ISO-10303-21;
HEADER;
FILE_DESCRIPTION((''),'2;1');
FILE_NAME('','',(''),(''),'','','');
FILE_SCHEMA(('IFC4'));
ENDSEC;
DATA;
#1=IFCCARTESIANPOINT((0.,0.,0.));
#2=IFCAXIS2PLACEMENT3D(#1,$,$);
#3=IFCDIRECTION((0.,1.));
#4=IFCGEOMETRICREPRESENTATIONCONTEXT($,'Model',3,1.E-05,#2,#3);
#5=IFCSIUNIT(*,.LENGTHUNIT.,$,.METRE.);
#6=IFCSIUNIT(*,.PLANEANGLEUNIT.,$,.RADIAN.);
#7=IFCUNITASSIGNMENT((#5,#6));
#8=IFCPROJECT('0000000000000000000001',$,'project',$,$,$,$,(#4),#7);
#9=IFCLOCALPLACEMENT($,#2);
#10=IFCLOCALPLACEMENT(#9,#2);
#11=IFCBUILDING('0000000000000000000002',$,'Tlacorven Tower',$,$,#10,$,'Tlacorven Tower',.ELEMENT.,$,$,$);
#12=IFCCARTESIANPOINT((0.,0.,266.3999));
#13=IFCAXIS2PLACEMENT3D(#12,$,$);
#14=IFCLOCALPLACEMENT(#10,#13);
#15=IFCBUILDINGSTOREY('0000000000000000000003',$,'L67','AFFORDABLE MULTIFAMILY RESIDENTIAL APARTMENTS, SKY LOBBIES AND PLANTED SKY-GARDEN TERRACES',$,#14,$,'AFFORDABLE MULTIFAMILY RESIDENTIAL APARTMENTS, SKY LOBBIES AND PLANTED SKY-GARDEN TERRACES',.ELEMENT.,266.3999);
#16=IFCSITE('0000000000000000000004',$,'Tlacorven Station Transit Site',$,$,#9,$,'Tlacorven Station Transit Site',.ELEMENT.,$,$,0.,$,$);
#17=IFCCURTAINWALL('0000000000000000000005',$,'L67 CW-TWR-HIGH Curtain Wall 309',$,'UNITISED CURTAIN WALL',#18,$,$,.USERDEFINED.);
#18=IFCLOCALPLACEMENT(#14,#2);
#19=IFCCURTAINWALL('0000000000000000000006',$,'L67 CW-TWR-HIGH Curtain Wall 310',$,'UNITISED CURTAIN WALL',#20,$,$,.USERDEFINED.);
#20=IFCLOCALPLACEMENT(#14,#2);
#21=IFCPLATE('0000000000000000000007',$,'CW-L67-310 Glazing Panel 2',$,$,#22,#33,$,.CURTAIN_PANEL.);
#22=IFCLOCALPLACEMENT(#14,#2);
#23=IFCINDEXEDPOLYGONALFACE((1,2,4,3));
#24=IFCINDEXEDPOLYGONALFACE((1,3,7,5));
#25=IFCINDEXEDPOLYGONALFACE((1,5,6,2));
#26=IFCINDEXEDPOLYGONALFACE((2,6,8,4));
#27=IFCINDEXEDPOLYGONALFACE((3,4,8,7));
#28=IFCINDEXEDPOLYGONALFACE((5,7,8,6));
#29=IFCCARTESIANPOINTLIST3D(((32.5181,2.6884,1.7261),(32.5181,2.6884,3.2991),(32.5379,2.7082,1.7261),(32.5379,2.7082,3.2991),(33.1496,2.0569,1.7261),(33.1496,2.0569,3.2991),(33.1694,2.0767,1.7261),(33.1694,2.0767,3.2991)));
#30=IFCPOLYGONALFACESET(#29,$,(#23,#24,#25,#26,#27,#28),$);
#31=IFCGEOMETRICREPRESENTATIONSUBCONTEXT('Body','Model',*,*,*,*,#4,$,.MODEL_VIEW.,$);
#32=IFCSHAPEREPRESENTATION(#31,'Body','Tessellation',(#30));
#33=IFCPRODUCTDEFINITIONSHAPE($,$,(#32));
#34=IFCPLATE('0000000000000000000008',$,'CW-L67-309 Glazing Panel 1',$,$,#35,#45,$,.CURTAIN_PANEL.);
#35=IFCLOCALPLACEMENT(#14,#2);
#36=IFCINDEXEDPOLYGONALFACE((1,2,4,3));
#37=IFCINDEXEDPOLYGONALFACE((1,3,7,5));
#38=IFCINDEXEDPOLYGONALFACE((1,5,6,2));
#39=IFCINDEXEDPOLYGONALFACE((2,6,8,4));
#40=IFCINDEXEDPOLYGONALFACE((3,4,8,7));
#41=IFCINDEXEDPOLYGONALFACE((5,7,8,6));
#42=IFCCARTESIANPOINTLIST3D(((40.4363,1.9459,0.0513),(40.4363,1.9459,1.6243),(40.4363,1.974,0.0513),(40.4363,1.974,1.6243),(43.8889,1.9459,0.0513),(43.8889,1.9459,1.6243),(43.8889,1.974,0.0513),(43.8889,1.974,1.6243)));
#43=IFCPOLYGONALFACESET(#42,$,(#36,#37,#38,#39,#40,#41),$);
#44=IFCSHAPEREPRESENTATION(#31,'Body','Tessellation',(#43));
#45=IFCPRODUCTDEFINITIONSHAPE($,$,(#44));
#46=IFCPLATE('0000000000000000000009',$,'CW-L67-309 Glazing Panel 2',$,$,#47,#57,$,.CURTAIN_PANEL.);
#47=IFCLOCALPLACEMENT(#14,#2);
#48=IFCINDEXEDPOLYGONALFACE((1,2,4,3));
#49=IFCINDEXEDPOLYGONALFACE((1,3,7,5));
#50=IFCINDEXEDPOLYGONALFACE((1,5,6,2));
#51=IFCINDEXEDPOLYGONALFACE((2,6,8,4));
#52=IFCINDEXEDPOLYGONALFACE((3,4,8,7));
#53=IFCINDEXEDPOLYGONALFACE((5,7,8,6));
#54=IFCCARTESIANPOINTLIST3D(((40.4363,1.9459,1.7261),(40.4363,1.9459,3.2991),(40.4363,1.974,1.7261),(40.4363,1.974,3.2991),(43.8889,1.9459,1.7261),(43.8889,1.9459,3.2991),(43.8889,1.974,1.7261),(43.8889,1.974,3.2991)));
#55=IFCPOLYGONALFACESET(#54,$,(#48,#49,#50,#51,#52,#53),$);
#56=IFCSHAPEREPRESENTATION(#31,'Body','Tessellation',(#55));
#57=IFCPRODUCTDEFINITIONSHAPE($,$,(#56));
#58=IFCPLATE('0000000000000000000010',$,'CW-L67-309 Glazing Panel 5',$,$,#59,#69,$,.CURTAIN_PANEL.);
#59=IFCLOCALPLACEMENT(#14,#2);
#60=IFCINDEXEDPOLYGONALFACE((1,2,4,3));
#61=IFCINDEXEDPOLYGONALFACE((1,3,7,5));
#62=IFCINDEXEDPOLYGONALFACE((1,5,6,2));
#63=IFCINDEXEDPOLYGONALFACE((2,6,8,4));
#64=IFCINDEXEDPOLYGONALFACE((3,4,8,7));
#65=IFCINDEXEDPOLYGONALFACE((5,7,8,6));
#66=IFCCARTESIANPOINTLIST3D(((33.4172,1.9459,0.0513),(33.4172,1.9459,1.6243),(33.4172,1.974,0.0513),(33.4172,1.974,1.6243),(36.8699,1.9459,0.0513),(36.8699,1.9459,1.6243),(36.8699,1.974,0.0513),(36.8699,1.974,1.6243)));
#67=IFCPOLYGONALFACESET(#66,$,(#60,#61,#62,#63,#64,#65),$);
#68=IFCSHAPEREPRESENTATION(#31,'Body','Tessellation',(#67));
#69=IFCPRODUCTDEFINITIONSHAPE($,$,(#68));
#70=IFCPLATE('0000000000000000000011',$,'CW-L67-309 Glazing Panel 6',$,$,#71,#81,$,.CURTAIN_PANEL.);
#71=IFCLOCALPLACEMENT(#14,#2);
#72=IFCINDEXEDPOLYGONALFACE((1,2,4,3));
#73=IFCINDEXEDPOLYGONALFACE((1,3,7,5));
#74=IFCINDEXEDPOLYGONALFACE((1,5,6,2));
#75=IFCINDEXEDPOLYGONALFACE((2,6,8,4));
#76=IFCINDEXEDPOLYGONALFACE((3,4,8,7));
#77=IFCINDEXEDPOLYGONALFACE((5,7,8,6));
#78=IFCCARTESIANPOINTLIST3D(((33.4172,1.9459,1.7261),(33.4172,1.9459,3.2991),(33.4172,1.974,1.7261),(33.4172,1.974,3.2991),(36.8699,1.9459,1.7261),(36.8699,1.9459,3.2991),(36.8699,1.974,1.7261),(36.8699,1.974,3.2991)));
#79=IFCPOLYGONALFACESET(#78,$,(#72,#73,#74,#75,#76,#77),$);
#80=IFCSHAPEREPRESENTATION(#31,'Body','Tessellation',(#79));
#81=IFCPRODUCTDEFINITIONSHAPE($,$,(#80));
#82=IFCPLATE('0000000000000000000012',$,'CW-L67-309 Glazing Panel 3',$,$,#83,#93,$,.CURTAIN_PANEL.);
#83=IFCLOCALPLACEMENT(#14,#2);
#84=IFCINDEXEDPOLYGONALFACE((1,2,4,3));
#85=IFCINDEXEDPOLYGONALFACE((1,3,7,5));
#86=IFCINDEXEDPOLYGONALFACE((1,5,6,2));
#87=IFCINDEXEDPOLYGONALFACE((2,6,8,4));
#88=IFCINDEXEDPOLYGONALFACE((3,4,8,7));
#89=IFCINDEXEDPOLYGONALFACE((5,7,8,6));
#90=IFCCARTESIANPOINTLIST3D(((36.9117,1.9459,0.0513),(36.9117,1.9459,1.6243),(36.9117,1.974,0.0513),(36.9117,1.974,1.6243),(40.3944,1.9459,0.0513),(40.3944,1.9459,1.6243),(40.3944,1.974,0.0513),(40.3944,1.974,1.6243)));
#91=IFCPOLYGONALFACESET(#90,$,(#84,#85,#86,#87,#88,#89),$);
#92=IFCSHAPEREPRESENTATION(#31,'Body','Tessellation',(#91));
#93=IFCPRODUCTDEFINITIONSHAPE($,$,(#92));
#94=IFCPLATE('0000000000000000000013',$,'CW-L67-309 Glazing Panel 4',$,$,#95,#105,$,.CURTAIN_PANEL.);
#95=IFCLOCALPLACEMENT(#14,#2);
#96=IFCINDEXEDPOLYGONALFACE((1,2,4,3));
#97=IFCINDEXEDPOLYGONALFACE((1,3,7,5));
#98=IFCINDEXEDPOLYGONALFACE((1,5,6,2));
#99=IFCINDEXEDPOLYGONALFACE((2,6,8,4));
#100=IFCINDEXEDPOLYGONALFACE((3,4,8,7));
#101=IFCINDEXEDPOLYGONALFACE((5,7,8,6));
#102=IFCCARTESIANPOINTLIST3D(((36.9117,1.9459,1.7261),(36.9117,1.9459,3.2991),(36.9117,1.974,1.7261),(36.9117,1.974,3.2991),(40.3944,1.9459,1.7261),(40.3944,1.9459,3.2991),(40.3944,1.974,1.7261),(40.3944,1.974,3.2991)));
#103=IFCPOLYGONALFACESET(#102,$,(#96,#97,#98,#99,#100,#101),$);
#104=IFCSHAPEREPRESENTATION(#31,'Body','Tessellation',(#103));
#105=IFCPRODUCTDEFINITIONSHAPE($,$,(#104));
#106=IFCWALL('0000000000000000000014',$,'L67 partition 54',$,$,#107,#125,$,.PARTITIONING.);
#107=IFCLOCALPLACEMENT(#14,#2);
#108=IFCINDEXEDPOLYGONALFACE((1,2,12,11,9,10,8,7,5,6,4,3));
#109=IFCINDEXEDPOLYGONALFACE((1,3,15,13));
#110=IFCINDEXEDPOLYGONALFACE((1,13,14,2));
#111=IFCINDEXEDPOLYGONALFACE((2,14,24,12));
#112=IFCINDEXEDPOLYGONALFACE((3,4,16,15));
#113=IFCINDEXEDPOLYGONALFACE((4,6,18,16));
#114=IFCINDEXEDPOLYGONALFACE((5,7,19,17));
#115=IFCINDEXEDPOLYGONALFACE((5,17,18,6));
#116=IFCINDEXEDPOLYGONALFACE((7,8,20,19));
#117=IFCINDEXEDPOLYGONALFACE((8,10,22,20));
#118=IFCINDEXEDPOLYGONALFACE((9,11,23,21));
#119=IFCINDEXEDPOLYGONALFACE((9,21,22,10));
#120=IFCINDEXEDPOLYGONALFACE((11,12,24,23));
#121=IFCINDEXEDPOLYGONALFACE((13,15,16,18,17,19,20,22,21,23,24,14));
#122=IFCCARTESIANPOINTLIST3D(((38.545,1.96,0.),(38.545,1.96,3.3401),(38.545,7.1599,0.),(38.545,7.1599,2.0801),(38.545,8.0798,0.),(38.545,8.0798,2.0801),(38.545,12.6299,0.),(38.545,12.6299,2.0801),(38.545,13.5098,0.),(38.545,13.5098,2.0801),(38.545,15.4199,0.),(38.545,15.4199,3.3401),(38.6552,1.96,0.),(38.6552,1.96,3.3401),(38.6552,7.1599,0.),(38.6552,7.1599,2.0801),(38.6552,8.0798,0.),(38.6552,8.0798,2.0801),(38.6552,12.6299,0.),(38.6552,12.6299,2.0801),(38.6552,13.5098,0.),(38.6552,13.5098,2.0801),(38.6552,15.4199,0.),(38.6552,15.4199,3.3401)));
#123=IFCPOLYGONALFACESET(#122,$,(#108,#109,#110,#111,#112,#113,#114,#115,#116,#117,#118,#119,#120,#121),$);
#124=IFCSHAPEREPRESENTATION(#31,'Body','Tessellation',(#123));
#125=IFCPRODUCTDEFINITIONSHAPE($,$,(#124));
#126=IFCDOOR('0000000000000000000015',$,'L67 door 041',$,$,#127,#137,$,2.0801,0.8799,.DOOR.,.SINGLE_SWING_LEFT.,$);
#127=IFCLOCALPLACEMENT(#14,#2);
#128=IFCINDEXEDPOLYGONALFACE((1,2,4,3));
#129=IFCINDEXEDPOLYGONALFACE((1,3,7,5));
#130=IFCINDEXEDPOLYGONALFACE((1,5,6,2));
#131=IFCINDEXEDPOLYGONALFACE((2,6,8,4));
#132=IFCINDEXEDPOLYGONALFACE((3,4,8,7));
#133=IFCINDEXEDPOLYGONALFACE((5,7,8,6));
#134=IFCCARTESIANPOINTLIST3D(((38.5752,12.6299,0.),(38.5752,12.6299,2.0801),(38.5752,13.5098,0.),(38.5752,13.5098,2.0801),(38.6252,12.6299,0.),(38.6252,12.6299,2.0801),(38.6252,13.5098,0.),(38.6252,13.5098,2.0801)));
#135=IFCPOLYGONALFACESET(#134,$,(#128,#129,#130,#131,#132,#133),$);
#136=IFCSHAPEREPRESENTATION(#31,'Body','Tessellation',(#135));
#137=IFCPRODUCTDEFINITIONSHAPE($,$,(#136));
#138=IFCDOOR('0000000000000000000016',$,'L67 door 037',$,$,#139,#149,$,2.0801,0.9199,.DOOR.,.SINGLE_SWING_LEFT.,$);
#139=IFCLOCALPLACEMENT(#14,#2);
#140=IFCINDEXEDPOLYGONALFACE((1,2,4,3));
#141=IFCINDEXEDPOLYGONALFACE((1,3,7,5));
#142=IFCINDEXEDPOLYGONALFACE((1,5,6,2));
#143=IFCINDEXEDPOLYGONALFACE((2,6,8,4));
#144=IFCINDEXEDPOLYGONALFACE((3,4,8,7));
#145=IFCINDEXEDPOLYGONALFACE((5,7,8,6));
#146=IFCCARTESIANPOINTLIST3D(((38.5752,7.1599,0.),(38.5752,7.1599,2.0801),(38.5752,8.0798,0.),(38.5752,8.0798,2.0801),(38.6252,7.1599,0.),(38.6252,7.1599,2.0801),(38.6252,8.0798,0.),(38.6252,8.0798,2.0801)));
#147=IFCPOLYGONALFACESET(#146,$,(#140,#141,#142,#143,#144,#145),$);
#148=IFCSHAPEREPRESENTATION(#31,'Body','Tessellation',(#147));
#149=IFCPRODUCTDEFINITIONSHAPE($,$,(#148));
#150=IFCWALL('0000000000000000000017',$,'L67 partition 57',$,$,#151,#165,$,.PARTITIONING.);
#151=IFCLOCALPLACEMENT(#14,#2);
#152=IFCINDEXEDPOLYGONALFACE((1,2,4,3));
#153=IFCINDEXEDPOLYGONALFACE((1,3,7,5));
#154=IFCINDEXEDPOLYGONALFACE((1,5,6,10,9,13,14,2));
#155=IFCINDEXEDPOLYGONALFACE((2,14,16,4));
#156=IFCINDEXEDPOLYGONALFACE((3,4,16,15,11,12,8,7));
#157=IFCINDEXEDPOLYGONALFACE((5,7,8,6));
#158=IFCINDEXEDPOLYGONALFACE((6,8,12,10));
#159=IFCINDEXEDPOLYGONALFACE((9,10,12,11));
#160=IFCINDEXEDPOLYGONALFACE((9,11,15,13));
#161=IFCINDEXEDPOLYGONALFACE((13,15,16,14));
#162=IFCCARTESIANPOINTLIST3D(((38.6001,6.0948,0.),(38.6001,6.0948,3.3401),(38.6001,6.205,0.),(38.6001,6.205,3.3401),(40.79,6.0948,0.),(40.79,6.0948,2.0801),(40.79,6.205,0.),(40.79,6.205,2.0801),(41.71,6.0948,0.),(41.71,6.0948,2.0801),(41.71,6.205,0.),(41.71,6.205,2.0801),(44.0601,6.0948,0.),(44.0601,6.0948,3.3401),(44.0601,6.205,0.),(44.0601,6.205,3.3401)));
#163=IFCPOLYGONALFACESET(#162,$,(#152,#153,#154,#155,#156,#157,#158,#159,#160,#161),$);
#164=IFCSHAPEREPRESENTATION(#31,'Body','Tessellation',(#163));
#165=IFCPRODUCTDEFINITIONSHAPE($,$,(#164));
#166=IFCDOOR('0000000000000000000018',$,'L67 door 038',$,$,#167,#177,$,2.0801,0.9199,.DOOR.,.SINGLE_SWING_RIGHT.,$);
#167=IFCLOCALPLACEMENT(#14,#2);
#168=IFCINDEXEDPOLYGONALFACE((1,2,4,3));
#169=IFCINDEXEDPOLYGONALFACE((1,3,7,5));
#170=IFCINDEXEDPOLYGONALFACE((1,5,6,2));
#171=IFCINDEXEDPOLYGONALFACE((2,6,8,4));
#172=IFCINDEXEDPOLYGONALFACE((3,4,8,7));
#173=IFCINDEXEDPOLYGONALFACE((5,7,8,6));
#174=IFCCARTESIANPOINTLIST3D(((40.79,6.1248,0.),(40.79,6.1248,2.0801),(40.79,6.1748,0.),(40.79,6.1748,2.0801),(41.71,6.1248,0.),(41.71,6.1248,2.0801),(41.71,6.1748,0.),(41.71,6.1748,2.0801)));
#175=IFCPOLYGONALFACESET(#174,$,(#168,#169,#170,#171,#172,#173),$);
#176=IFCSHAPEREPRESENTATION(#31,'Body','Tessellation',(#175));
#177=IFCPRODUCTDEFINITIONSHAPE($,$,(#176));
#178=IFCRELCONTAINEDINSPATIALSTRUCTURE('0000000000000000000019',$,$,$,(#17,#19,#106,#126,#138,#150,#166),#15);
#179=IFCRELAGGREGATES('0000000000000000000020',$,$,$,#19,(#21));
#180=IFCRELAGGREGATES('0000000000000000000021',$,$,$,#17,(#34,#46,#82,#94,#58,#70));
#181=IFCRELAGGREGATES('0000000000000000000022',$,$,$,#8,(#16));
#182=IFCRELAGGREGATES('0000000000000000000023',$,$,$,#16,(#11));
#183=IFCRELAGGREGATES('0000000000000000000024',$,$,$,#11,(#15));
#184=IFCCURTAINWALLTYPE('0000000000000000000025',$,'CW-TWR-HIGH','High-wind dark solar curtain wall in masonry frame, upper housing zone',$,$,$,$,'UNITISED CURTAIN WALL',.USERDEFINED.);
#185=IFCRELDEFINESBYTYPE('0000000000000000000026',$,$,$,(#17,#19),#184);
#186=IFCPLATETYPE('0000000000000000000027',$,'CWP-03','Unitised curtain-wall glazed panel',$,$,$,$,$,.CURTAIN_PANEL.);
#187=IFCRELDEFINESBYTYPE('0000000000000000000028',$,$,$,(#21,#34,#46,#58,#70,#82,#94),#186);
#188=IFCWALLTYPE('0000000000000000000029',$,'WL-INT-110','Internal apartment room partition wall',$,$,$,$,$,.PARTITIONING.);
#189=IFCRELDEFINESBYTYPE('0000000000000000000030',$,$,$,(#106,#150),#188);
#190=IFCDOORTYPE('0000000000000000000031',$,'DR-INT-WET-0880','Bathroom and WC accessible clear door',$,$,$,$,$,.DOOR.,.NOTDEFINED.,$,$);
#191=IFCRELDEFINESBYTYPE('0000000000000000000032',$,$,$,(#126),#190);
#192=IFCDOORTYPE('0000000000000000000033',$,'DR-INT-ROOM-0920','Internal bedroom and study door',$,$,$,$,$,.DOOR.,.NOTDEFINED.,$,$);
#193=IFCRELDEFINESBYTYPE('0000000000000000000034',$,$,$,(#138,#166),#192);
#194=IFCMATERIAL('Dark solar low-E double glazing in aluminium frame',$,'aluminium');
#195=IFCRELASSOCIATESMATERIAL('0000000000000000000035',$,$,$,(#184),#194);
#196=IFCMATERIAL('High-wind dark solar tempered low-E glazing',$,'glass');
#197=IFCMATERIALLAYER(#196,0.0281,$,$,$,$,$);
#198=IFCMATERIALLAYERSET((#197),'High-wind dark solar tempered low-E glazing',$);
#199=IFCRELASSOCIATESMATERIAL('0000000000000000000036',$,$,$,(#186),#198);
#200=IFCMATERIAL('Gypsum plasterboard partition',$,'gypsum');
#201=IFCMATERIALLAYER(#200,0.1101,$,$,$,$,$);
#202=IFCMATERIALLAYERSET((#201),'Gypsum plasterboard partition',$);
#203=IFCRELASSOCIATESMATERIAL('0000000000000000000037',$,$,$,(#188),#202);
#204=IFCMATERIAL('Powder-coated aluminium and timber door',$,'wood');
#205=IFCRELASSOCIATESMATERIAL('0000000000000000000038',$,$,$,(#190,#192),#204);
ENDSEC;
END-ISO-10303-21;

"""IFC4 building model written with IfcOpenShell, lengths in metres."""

from ifc_helpers import new_model, si_unit, direction, frame, frame_2d, origin, origin_2d, place, context, subcontext, project, spatial, rectangle, extrude, source, transform, mapped, material, layer, layer_set, type_object, element, fill, aggregate, save


model = new_model("IFC4")

# Units and contexts
model_context = context("Model", 3, precision=1e-05, world=origin(), true_north=direction((0.0, 1.0)))
body_context = subcontext(model_context, "Body", "Model", "MODEL_VIEW")
ifc_project = project(units=[si_unit("LENGTHUNIT", "METRE"), si_unit("PLANEANGLEUNIT", "RADIAN")], contexts=[model_context])

# Site, building, storey
site_placement = place(None, origin())
site = spatial("IfcSite", under=ifc_project, at=site_placement, Name="Tlacorven Station Transit Site", LongName="Tlacorven Station Transit Site", CompositionType="ELEMENT", RefElevation=0.0)
building_placement = place(site_placement, origin())
building = spatial("IfcBuilding", under=site, at=building_placement, Name="Tlacorven Tower", LongName="Tlacorven Tower", CompositionType="ELEMENT")
storey_placement = place(building_placement, frame((0.0, 0.0, 266.3999)))
storey = spatial("IfcBuildingStorey", under=building, at=storey_placement, Name="L67", Description="AFFORDABLE MULTIFAMILY RESIDENTIAL APARTMENTS, SKY LOBBIES AND PLANTED SKY-GARDEN TERRACES", LongName="AFFORDABLE MULTIFAMILY RESIDENTIAL APARTMENTS, SKY LOBBIES AND PLANTED SKY-GARDEN TERRACES", CompositionType="ELEMENT", Elevation=266.3999)

# Curtain walls
ifc_material_1 = material(Name="Dark solar low-E double glazing in aluminium frame", Category="aluminium")
curtain_wall_type = type_object("IfcCurtainWallType", Name="CW-TWR-HIGH", Description="High-wind dark solar curtain wall in masonry frame, upper housing zone", ElementType="UNITISED CURTAIN WALL", PredefinedType="USERDEFINED", material=ifc_material_1)
curtain_wall_1_placement = place(storey_placement, origin())
curtain_wall_1 = element("IfcCurtainWall", 1, at=curtain_wall_1_placement, inside=storey, type_object=curtain_wall_type, Name="L67 CW-TWR-HIGH Curtain Wall 309", ObjectType="UNITISED CURTAIN WALL", PredefinedType="USERDEFINED")
curtain_wall_2_placement = place(storey_placement, origin())
curtain_wall_2 = element("IfcCurtainWall", 2, at=curtain_wall_2_placement, inside=storey, type_object=curtain_wall_type, Name="L67 CW-TWR-HIGH Curtain Wall 310", ObjectType="UNITISED CURTAIN WALL", PredefinedType="USERDEFINED")

# Plates
ifc_material_2 = material(Name="High-wind dark solar tempered low-E glazing", Category="glass")
ifc_layer_1 = layer(ifc_material_2, 0.0281)
ifc_layer_set_1 = layer_set([ifc_layer_1], Name="High-wind dark solar tempered low-E glazing")
plate_type = type_object("IfcPlateType", Name="CWP-03", Description="Unitised curtain-wall glazed panel", PredefinedType="CURTAIN_PANEL", material=ifc_layer_set_1)
shared_shape_1 = source(origin(), body_context, "Body", "SweptSolid", [
    extrude(rectangle(XDim=0.8931, YDim=0.0281, at=origin_2d()), origin(), (0.0, 0.0, 1.0), 1.573),
])
plate_1_placement = place(storey_placement, frame((32.8438, 2.3826, 1.7261), z_axis=(0.0, 0.0, 1.0), x_axis=(-0.707107, 0.707107, 0.0)))
plate_1 = element("IfcPlate", 3, at=plate_1_placement, type_object=plate_type, Name="CW-L67-310 Glazing Panel 2", PredefinedType="CURTAIN_PANEL", context=body_context, shape_type="MappedRepresentation", body=[
    mapped(shared_shape_1, transform((0.0, 0.0, 0.0), scale=1.0)),
])
aggregate(curtain_wall_2, [plate_1])
shared_shape_2 = source(origin(), body_context, "Body", "SweptSolid", [
    extrude(rectangle(XDim=3.4526, YDim=0.0281, at=origin_2d()), origin(), (0.0, 0.0, 1.0), 1.573),
])
plate_2_placement = place(storey_placement, frame((42.1626, 1.96, 0.0513), z_axis=(0.0, 0.0, 1.0), x_axis=(-1.0, 0.0, 0.0)))
plate_2 = element("IfcPlate", 4, at=plate_2_placement, type_object=plate_type, Name="CW-L67-309 Glazing Panel 1", PredefinedType="CURTAIN_PANEL", context=body_context, shape_type="MappedRepresentation", body=[
    mapped(shared_shape_2, transform((0.0, 0.0, 0.0), scale=1.0)),
])
plate_3_placement = place(storey_placement, frame((42.1626, 1.96, 1.7261), z_axis=(0.0, 0.0, 1.0), x_axis=(-1.0, 0.0, 0.0)))
plate_3 = element("IfcPlate", 5, at=plate_3_placement, type_object=plate_type, Name="CW-L67-309 Glazing Panel 2", PredefinedType="CURTAIN_PANEL", context=body_context, shape_type="MappedRepresentation", body=[
    mapped(shared_shape_2, transform((0.0, 0.0, 0.0), scale=1.0)),
])
plate_4_placement = place(storey_placement, frame((35.1436, 1.96, 0.0513), z_axis=(0.0, 0.0, 1.0), x_axis=(-1.0, 0.0, 0.0)))
plate_4 = element("IfcPlate", 6, at=plate_4_placement, type_object=plate_type, Name="CW-L67-309 Glazing Panel 5", PredefinedType="CURTAIN_PANEL", context=body_context, shape_type="MappedRepresentation", body=[
    mapped(shared_shape_2, transform((0.0, 0.0, 0.0), scale=1.0)),
])
plate_5_placement = place(storey_placement, frame((35.1436, 1.96, 1.7261), z_axis=(0.0, 0.0, 1.0), x_axis=(-1.0, 0.0, 0.0)))
plate_5 = element("IfcPlate", 7, at=plate_5_placement, type_object=plate_type, Name="CW-L67-309 Glazing Panel 6", PredefinedType="CURTAIN_PANEL", context=body_context, shape_type="MappedRepresentation", body=[
    mapped(shared_shape_2, transform((0.0, 0.0, 0.0), scale=1.0)),
])
shared_shape_3 = source(origin(), body_context, "Body", "SweptSolid", [
    extrude(rectangle(XDim=3.4827, YDim=0.0281, at=origin_2d()), origin(), (0.0, 0.0, 1.0), 1.573),
])
plate_6_placement = place(storey_placement, frame((38.6531, 1.96, 0.0513), z_axis=(0.0, 0.0, 1.0), x_axis=(-1.0, 0.0, 0.0)))
plate_6 = element("IfcPlate", 8, at=plate_6_placement, type_object=plate_type, Name="CW-L67-309 Glazing Panel 3", PredefinedType="CURTAIN_PANEL", context=body_context, shape_type="MappedRepresentation", body=[
    mapped(shared_shape_3, transform((0.0, 0.0, 0.0), scale=1.0)),
])
plate_7_placement = place(storey_placement, frame((38.6531, 1.96, 1.7261), z_axis=(0.0, 0.0, 1.0), x_axis=(-1.0, 0.0, 0.0)))
plate_7 = element("IfcPlate", 9, at=plate_7_placement, type_object=plate_type, Name="CW-L67-309 Glazing Panel 4", PredefinedType="CURTAIN_PANEL", context=body_context, shape_type="MappedRepresentation", body=[
    mapped(shared_shape_3, transform((0.0, 0.0, 0.0), scale=1.0)),
])
aggregate(curtain_wall_1, [plate_2, plate_3, plate_6, plate_7, plate_4, plate_5])

# Wall, openings, doors
ifc_material_3 = material(Name="Gypsum plasterboard partition", Category="gypsum")
ifc_layer_2 = layer(ifc_material_3, 0.1101)
ifc_layer_set_2 = layer_set([ifc_layer_2], Name="Gypsum plasterboard partition")
wall_type = type_object("IfcWallType", Name="WL-INT-110", Description="Internal apartment room partition wall", PredefinedType="PARTITIONING", material=ifc_layer_set_2)
wall_1_placement = place(storey_placement, frame((38.6001, 1.96, 0.0), z_axis=(0.0, 0.0, 1.0), x_axis=(0.0, 1.0, 0.0)))
wall_1 = element("IfcWall", 10, at=wall_1_placement, inside=storey, type_object=wall_type, Name="L67 partition 54", PredefinedType="PARTITIONING", context=body_context, shape_type="SweptSolid", body=[
    extrude(rectangle(XDim=13.46, YDim=0.1101, at=frame_2d((6.73, 0.0))), origin(), (0.0, 0.0, 1.0), 3.3401),
])
opening_1_placement = place(wall_1_placement, frame((5.2, 0.0, 0.0)))
opening_1 = element("IfcOpeningElement", 11, at=opening_1_placement, cuts=wall_1, PredefinedType="OPENING", context=body_context, shape_type="SweptSolid", body=[
    extrude(rectangle(XDim=0.9199, YDim=2.0801, at=frame_2d((0.46, 1.04))), frame((0.0, 0.0649, 0.0), z_axis=(0.0, -1.0, 0.0), x_axis=(1.0, 0.0, 0.0)), (0.0, 0.0, 1.0), 0.1301),
])
opening_2_placement = place(wall_1_placement, frame((10.6699, 0.0, 0.0)))
opening_2 = element("IfcOpeningElement", 12, at=opening_2_placement, cuts=wall_1, PredefinedType="OPENING", context=body_context, shape_type="SweptSolid", body=[
    extrude(rectangle(XDim=0.8799, YDim=2.0801, at=frame_2d((0.4399, 1.04))), frame((0.0, 0.0649, 0.0), z_axis=(0.0, -1.0, 0.0), x_axis=(1.0, 0.0, 0.0)), (0.0, 0.0, 1.0), 0.1301),
])
ifc_material_4 = material(Name="Powder-coated aluminium and timber door", Category="wood")
door_type_1 = type_object("IfcDoorType", Name="DR-INT-WET-0880", Description="Bathroom and WC accessible clear door", OperationType="NOTDEFINED", PredefinedType="DOOR", material=ifc_material_4)
shared_shape_4 = source(origin(), body_context, "Body", "SweptSolid", [
    extrude(rectangle(XDim=0.8799, YDim=2.0801, at=frame_2d((0.4399, 1.04))), frame((0.0, 0.0249, 0.0), z_axis=(0.0, -1.0, 0.0), x_axis=(1.0, 0.0, 0.0)), (0.0, 0.0, 1.0), 0.05),
])
door_1_placement = place(opening_2_placement, origin())
door_1 = element("IfcDoor", 13, at=door_1_placement, inside=storey, type_object=door_type_1, Name="L67 door 041", OperationType="SINGLE_SWING_LEFT", OverallHeight=2.0801, OverallWidth=0.8799, PredefinedType="DOOR", context=body_context, shape_type="MappedRepresentation", body=[
    mapped(shared_shape_4, transform((0.0, 0.0, 0.0), scale=1.0)),
])
fill(opening_2, door_1)
door_type_2 = type_object("IfcDoorType", Name="DR-INT-ROOM-0920", Description="Internal bedroom and study door", OperationType="NOTDEFINED", PredefinedType="DOOR", material=ifc_material_4)
shared_shape_5 = source(origin(), body_context, "Body", "SweptSolid", [
    extrude(rectangle(XDim=0.9199, YDim=2.0801, at=frame_2d((0.46, 1.04))), frame((0.0, 0.0249, 0.0), z_axis=(0.0, -1.0, 0.0), x_axis=(1.0, 0.0, 0.0)), (0.0, 0.0, 1.0), 0.05),
])
door_2_placement = place(opening_1_placement, origin())
door_2 = element("IfcDoor", 14, at=door_2_placement, inside=storey, type_object=door_type_2, Name="L67 door 037", OperationType="SINGLE_SWING_LEFT", OverallHeight=2.0801, OverallWidth=0.9199, PredefinedType="DOOR", context=body_context, shape_type="MappedRepresentation", body=[
    mapped(shared_shape_5, transform((0.0, 0.0, 0.0), scale=1.0)),
])
fill(opening_1, door_2)

# Wall, opening, door
wall_2_placement = place(storey_placement, frame((38.6001, 6.1499, 0.0), z_axis=(0.0, 0.0, 1.0), x_axis=(1.0, 0.0, 0.0)))
wall_2 = element("IfcWall", 15, at=wall_2_placement, inside=storey, type_object=wall_type, Name="L67 partition 57", PredefinedType="PARTITIONING", context=body_context, shape_type="SweptSolid", body=[
    extrude(rectangle(XDim=5.46, YDim=0.1101, at=frame_2d((2.73, 0.0))), origin(), (0.0, 0.0, 1.0), 3.3401),
])
opening_3_placement = place(wall_2_placement, frame((2.1899, 0.0, 0.0)))
opening_3 = element("IfcOpeningElement", 16, at=opening_3_placement, cuts=wall_2, PredefinedType="OPENING", context=body_context, shape_type="SweptSolid", body=[
    extrude(rectangle(XDim=0.9199, YDim=2.0801, at=frame_2d((0.46, 1.04))), frame((0.0, 0.0649, 0.0), z_axis=(0.0, -1.0, 0.0), x_axis=(1.0, 0.0, 0.0)), (0.0, 0.0, 1.0), 0.1301),
])
door_3_placement = place(opening_3_placement, origin())
door_3 = element("IfcDoor", 17, at=door_3_placement, inside=storey, type_object=door_type_2, Name="L67 door 038", OperationType="SINGLE_SWING_RIGHT", OverallHeight=2.0801, OverallWidth=0.9199, PredefinedType="DOOR", context=body_context, shape_type="MappedRepresentation", body=[
    mapped(shared_shape_5, transform((0.0, 0.0, 0.0), scale=1.0)),
])
fill(opening_3, door_3)

save(model, "model.ifc")
